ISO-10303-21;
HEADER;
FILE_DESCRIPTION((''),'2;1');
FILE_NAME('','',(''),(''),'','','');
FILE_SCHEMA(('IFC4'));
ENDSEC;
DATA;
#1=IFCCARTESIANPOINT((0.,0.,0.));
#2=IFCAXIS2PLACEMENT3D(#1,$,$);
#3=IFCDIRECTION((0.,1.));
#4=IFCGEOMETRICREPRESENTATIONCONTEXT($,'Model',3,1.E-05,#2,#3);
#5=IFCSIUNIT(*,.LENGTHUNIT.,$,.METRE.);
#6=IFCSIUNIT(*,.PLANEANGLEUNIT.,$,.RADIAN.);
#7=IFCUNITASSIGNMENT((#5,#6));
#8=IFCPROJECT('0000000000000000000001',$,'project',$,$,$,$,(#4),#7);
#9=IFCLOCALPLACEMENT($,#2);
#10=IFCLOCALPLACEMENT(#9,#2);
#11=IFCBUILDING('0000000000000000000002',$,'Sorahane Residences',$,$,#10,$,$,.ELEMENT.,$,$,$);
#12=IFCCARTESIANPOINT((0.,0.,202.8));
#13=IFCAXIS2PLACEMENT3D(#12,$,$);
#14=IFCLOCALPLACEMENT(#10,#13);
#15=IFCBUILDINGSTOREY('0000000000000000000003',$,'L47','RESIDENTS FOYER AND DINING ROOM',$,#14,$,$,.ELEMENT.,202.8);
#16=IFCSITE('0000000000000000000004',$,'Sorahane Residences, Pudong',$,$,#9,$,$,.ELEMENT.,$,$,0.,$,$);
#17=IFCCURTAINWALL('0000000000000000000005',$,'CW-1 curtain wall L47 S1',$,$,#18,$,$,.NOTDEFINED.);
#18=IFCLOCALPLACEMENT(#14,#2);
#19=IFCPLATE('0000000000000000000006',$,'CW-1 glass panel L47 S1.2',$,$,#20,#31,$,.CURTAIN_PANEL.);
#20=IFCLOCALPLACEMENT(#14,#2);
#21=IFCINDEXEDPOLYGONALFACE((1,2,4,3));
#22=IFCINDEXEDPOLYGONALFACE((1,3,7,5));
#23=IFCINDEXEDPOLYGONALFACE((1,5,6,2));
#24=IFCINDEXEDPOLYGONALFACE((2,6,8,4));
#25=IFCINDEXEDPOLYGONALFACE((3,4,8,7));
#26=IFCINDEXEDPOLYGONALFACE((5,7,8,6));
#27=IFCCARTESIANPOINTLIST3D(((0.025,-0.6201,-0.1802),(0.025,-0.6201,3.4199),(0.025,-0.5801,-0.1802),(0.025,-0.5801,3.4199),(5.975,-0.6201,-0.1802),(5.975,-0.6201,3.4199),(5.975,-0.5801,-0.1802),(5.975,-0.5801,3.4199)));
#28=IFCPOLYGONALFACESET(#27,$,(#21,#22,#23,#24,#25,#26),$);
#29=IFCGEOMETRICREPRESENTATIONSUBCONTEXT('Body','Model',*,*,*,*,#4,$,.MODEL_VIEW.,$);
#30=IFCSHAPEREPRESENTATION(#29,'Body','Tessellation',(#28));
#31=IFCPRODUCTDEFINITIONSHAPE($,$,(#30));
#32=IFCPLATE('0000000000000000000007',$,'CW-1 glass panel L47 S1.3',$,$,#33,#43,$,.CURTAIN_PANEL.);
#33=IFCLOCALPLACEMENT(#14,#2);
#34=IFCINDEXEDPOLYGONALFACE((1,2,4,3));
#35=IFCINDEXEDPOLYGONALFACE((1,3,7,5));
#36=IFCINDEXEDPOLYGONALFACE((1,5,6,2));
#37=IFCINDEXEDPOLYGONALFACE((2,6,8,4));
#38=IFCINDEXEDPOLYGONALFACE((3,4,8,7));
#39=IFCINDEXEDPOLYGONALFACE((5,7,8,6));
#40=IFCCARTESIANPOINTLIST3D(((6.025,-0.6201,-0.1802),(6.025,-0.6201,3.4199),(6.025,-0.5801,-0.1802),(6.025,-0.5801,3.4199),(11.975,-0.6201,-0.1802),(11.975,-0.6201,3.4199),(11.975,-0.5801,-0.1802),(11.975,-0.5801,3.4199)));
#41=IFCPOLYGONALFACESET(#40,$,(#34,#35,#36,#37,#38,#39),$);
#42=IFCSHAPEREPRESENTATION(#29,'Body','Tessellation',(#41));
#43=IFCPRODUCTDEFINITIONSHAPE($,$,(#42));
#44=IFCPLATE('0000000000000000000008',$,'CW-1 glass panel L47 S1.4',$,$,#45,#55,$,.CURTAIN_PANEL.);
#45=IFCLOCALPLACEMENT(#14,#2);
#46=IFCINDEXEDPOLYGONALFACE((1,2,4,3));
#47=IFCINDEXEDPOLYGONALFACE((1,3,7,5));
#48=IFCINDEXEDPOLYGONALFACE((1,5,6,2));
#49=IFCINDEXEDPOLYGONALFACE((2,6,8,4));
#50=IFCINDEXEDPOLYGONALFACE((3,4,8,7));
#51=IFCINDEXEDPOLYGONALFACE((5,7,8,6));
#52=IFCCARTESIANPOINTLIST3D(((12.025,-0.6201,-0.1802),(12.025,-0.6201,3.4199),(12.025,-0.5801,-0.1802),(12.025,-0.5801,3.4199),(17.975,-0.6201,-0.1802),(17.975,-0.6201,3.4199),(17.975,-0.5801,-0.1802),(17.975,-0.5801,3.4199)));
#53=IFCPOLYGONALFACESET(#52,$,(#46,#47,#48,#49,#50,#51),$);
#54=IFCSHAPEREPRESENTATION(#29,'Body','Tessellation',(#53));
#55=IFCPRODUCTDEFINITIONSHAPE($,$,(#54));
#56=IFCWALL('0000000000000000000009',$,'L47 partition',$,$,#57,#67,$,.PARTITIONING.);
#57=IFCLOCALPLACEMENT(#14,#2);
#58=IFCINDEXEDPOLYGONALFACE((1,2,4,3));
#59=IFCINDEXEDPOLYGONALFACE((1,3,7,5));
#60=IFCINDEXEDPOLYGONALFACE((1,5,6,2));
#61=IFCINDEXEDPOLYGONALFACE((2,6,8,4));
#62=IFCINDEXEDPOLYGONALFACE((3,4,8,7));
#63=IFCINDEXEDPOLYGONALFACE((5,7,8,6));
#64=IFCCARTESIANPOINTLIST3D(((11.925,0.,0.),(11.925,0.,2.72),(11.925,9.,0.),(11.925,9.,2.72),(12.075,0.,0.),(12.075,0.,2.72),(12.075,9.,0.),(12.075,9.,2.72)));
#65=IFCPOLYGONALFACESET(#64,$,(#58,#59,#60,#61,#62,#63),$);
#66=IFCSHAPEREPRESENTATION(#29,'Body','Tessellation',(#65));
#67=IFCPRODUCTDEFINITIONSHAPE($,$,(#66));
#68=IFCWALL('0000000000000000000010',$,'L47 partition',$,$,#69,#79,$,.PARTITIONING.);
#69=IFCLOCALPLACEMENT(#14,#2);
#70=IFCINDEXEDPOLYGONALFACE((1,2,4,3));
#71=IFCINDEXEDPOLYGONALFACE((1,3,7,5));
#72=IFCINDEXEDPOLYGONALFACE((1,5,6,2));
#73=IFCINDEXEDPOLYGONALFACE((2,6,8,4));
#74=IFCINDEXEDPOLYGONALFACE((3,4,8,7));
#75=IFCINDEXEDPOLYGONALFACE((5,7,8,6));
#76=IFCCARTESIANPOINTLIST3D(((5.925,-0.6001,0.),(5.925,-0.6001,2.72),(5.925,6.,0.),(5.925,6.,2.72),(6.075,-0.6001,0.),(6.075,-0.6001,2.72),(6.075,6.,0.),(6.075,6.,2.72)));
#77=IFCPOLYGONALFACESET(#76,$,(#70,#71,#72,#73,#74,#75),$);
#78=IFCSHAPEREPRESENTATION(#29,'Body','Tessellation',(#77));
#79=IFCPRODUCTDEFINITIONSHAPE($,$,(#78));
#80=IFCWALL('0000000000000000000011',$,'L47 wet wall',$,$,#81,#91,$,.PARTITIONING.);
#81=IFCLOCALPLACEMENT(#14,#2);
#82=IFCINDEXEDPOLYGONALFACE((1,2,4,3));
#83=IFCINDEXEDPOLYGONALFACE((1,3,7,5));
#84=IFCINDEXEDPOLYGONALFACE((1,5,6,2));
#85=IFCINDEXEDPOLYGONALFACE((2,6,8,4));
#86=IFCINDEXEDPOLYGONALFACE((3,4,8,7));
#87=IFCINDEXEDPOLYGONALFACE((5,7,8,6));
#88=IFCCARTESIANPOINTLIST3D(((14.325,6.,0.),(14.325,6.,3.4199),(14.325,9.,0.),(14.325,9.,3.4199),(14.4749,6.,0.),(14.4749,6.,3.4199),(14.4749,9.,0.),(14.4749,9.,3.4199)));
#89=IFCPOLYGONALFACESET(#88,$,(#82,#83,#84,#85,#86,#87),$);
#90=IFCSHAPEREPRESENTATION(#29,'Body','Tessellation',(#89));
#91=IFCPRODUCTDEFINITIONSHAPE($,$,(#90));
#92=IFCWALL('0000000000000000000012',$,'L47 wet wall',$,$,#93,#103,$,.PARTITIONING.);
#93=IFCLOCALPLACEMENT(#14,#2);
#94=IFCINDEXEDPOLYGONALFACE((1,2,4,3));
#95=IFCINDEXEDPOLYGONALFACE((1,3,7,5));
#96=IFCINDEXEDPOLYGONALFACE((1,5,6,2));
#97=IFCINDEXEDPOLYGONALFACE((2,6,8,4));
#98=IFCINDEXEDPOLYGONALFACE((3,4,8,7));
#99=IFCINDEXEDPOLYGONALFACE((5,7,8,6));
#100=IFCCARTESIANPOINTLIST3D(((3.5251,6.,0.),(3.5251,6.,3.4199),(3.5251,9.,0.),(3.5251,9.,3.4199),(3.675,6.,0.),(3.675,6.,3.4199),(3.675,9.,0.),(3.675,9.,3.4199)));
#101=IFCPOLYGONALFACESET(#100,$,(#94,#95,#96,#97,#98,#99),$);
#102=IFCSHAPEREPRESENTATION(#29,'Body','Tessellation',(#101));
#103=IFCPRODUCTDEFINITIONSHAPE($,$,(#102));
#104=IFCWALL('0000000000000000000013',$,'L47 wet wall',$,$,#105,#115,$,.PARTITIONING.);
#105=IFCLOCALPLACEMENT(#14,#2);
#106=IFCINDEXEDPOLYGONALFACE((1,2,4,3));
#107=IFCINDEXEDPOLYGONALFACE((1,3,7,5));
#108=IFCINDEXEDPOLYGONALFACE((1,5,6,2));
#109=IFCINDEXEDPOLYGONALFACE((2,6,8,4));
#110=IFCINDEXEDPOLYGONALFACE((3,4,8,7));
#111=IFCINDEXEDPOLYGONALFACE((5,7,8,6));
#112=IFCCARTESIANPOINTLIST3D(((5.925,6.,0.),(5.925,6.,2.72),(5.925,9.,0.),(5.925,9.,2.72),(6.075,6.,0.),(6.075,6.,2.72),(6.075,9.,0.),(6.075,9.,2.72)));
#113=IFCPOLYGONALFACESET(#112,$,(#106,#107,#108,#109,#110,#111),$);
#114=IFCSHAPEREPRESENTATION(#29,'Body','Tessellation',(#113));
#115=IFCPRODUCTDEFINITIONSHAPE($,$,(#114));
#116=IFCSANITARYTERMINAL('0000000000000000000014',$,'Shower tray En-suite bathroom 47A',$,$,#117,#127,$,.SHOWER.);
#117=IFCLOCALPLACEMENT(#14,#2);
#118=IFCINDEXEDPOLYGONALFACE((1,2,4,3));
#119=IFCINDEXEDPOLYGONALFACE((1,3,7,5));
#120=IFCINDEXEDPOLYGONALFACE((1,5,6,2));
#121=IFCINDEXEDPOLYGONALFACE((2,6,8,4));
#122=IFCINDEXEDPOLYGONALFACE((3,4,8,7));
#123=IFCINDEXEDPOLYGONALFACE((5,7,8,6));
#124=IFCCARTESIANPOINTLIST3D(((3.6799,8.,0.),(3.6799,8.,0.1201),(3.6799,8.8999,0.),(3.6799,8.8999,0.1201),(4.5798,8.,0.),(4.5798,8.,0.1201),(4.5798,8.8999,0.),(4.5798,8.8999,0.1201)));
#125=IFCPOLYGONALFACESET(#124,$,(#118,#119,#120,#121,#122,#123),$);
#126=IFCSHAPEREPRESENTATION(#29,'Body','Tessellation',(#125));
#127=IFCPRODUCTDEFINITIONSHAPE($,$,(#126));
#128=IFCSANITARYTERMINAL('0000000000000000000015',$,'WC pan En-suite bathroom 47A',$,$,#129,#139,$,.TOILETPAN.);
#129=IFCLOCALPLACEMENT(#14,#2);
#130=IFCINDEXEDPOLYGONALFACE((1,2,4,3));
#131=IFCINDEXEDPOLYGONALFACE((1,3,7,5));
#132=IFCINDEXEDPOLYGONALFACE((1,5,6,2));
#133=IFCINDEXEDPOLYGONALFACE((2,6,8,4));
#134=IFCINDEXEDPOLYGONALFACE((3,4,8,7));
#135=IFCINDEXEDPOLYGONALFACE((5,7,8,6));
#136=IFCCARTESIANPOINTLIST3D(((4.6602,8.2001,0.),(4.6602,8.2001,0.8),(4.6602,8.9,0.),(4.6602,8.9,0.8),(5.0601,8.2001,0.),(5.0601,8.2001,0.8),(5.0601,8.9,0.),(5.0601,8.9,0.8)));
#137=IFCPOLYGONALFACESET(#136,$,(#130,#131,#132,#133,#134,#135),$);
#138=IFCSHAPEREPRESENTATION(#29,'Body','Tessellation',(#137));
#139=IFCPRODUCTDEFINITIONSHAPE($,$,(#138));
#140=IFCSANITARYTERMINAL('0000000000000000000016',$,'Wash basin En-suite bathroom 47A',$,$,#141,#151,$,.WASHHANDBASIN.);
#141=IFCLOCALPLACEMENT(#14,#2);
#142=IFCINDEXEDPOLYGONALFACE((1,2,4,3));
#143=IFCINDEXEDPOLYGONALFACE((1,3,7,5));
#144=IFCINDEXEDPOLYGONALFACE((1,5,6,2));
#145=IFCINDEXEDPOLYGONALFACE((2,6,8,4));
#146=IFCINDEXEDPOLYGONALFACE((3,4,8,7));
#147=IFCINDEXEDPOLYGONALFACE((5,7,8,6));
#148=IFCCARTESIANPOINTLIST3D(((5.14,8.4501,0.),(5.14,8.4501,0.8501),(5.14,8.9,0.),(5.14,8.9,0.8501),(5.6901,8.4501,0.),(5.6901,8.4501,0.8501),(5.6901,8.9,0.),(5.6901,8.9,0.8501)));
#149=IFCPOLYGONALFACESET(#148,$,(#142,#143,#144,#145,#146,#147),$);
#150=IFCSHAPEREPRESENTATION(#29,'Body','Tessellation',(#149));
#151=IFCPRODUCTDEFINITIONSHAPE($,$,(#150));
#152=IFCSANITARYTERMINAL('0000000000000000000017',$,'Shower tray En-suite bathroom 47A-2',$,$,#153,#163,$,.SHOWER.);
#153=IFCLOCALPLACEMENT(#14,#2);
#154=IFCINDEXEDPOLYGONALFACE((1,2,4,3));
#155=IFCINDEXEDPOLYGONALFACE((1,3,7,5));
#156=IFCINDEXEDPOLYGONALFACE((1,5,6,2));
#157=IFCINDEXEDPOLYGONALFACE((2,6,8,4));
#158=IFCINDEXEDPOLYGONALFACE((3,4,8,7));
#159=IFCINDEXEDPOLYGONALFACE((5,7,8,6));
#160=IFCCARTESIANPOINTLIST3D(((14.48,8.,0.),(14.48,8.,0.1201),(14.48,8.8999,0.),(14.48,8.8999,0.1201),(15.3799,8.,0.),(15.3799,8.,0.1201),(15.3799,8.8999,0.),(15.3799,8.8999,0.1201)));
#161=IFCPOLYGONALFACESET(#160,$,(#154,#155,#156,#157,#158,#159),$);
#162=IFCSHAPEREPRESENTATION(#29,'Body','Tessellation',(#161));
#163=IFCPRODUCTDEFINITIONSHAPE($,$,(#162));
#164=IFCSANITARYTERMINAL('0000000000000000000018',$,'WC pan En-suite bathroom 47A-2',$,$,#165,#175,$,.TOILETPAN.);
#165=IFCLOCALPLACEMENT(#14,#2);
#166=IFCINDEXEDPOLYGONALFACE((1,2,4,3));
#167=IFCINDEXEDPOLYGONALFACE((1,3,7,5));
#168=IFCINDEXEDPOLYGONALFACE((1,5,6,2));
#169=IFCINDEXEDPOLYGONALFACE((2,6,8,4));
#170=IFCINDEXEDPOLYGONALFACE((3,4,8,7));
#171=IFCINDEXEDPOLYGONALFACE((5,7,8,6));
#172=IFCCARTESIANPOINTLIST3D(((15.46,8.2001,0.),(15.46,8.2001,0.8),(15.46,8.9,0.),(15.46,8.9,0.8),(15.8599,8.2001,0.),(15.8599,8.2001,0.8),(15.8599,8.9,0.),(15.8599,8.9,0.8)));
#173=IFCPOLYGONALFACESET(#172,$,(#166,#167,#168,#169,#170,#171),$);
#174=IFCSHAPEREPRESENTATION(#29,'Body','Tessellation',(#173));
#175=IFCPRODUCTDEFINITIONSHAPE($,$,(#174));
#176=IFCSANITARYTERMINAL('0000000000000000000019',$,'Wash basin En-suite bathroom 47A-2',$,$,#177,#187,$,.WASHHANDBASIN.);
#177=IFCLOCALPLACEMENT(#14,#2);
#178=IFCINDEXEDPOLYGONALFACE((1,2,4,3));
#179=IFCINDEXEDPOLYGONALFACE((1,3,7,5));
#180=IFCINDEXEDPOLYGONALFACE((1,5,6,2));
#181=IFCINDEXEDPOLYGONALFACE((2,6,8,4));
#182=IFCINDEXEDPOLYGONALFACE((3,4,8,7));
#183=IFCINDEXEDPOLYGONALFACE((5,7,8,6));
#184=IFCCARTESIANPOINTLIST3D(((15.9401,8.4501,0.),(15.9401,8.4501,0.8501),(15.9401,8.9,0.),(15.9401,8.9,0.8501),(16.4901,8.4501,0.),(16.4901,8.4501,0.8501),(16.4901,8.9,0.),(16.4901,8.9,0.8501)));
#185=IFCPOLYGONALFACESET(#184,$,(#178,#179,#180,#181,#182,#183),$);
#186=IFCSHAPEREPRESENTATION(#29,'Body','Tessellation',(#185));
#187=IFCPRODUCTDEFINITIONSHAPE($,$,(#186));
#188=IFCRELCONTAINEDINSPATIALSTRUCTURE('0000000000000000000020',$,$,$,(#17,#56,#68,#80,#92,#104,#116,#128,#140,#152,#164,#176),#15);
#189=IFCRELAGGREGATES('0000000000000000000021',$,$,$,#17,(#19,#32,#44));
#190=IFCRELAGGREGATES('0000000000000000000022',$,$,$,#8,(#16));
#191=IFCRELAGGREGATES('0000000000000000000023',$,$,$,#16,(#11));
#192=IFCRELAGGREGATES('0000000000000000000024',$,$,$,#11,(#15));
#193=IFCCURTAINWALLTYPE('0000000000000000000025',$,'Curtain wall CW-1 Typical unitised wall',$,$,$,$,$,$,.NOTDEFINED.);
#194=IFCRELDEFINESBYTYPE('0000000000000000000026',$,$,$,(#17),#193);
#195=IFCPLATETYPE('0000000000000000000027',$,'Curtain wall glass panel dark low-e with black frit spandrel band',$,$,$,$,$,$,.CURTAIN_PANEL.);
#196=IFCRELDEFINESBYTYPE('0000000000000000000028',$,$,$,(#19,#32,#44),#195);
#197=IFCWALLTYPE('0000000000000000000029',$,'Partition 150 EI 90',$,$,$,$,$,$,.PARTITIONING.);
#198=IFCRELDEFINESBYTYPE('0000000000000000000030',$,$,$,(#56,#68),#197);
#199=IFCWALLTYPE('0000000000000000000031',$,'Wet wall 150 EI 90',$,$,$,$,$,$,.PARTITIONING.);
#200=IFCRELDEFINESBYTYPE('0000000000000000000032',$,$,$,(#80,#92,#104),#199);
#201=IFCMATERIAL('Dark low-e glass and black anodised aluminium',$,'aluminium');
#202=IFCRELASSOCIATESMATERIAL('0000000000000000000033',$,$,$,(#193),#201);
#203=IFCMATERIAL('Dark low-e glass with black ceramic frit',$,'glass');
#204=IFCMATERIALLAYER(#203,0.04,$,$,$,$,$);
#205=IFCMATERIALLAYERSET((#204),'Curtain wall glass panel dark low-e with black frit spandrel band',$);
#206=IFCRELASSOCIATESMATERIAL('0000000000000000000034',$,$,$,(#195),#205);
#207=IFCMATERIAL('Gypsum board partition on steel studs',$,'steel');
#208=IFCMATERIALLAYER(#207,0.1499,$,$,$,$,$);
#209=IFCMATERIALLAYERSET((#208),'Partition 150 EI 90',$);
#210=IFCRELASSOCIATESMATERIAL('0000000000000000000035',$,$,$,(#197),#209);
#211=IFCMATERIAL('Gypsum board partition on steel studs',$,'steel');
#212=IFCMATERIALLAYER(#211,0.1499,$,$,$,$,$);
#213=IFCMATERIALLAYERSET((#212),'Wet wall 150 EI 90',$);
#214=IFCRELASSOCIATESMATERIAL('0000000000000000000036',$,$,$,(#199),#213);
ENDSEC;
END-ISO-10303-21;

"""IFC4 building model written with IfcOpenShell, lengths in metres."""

from ifc_helpers import new_model, si_unit, direction, frame, frame_2d, origin, origin_2d, place, context, subcontext, project, spatial, rectangle, extrude, material, layer, layer_set, type_object, element, aggregate, save


model = new_model("IFC4")

# Units and contexts
model_context = context("Model", 3, precision=1e-05, world=origin(), true_north=direction((0.0, 1.0)))
body_context = subcontext(model_context, "Body", "Model", "MODEL_VIEW")
ifc_project = project(units=[si_unit("LENGTHUNIT", "METRE"), si_unit("PLANEANGLEUNIT", "RADIAN")], contexts=[model_context])

# Site, building, storey
site_placement = place(None, origin())
site = spatial("IfcSite", under=ifc_project, at=site_placement, Name="Sorahane Residences, Pudong", CompositionType="ELEMENT", RefElevation=0.0)
building_placement = place(site_placement, origin())
building = spatial("IfcBuilding", under=site, at=building_placement, Name="Sorahane Residences", CompositionType="ELEMENT")
storey_placement = place(building_placement, frame((0.0, 0.0, 202.8)))
storey = spatial("IfcBuildingStorey", under=building, at=storey_placement, Name="L47", Description="RESIDENTS FOYER AND DINING ROOM", CompositionType="ELEMENT", Elevation=202.8)

# Curtain wall
ifc_material_1 = material(Name="Dark low-e glass and black anodised aluminium", Category="aluminium")
curtain_wall_type = type_object("IfcCurtainWallType", Name="Curtain wall CW-1 Typical unitised wall", PredefinedType="NOTDEFINED", material=ifc_material_1)
curtain_wall_placement = place(storey_placement, origin())
curtain_wall = element("IfcCurtainWall", 1, at=curtain_wall_placement, inside=storey, type_object=curtain_wall_type, Name="CW-1 curtain wall L47 S1", PredefinedType="NOTDEFINED")

# Plates
ifc_material_2 = material(Name="Dark low-e glass with black ceramic frit", Category="glass")
ifc_layer_1 = layer(ifc_material_2, 0.04)
ifc_layer_set_1 = layer_set([ifc_layer_1], Name="Curtain wall glass panel dark low-e with black frit spandrel band")
plate_type = type_object("IfcPlateType", Name="Curtain wall glass panel dark low-e with black frit spandrel band", PredefinedType="CURTAIN_PANEL", material=ifc_layer_set_1)
plate_1_placement = place(storey_placement, frame((3.0, -0.6001, -0.1802), z_axis=(0.0, 0.0, 1.0), x_axis=(1.0, 0.0, 0.0)))
plate_1 = element("IfcPlate", 2, at=plate_1_placement, type_object=plate_type, Name="CW-1 glass panel L47 S1.2", PredefinedType="CURTAIN_PANEL", context=body_context, shape_type="SweptSolid", body=[
    extrude(rectangle(XDim=5.95, YDim=0.04, at=origin_2d()), origin(), (0.0, 0.0, 1.0), 3.6001),
])
plate_2_placement = place(storey_placement, frame((9.0, -0.6001, -0.1802), z_axis=(0.0, 0.0, 1.0), x_axis=(1.0, 0.0, 0.0)))
plate_2 = element("IfcPlate", 3, at=plate_2_placement, type_object=plate_type, Name="CW-1 glass panel L47 S1.3", PredefinedType="CURTAIN_PANEL", context=body_context, shape_type="SweptSolid", body=[
    extrude(rectangle(XDim=5.95, YDim=0.04, at=origin_2d()), origin(), (0.0, 0.0, 1.0), 3.6001),
])
plate_3_placement = place(storey_placement, frame((15.0, -0.6001, -0.1802), z_axis=(0.0, 0.0, 1.0), x_axis=(1.0, 0.0, 0.0)))
plate_3 = element("IfcPlate", 4, at=plate_3_placement, type_object=plate_type, Name="CW-1 glass panel L47 S1.4", PredefinedType="CURTAIN_PANEL", context=body_context, shape_type="SweptSolid", body=[
    extrude(rectangle(XDim=5.95, YDim=0.04, at=origin_2d()), origin(), (0.0, 0.0, 1.0), 3.6001),
])
aggregate(curtain_wall, [plate_1, plate_2, plate_3])

# Walls
ifc_material_3 = material(Name="Gypsum board partition on steel studs", Category="steel")
ifc_layer_2 = layer(ifc_material_3, 0.1499)
ifc_layer_set_2 = layer_set([ifc_layer_2], Name="Partition 150 EI 90")
wall_type_1 = type_object("IfcWallType", Name="Partition 150 EI 90", PredefinedType="PARTITIONING", material=ifc_layer_set_2)
wall_1_placement = place(storey_placement, frame((12.0, 0.0, 0.0), z_axis=(0.0, 0.0, 1.0), x_axis=(0.0, 1.0, 0.0)))
element("IfcWall", 5, at=wall_1_placement, inside=storey, type_object=wall_type_1, Name="L47 partition", PredefinedType="PARTITIONING", context=body_context, shape_type="SweptSolid", body=[
    extrude(rectangle(XDim=9.0, YDim=0.1499, at=frame_2d((4.5, 0.0))), origin(), (0.0, 0.0, 1.0), 2.72),
])
wall_2_placement = place(storey_placement, frame((6.0, -0.6001, 0.0), z_axis=(0.0, 0.0, 1.0), x_axis=(0.0, 1.0, 0.0)))
element("IfcWall", 6, at=wall_2_placement, inside=storey, type_object=wall_type_1, Name="L47 partition", PredefinedType="PARTITIONING", context=body_context, shape_type="SweptSolid", body=[
    extrude(rectangle(XDim=6.6001, YDim=0.1499, at=frame_2d((3.3, 0.0))), origin(), (0.0, 0.0, 1.0), 2.72),
])

# Walls
ifc_material_4 = material(Name="Gypsum board partition on steel studs", Category="steel")
ifc_layer_3 = layer(ifc_material_4, 0.1499)
ifc_layer_set_3 = layer_set([ifc_layer_3], Name="Wet wall 150 EI 90")
wall_type_2 = type_object("IfcWallType", Name="Wet wall 150 EI 90", PredefinedType="PARTITIONING", material=ifc_layer_set_3)
for number, where, z_axis, x_axis, name in (
    (7, (14.3999, 6.0, 0.0), (0.0, 0.0, 1.0), (0.0, 1.0, 0.0), "L47 wet wall"),
    (8, (3.6001, 6.0, 0.0), (0.0, 0.0, 1.0), (0.0, 1.0, 0.0), "L47 wet wall"),
):
    element("IfcWall", number, at=place(storey_placement, frame(where, z_axis=z_axis, x_axis=x_axis)), inside=storey, type_object=wall_type_2, Name=name, PredefinedType="PARTITIONING", context=body_context, shape_type="SweptSolid", body=[
        extrude(rectangle(XDim=3.0, YDim=0.1499, at=frame_2d((1.5, 0.0))), origin(), (0.0, 0.0, 1.0), 3.4199),
    ])
wall_3_placement = place(storey_placement, frame((6.0, 6.0, 0.0), z_axis=(0.0, 0.0, 1.0), x_axis=(0.0, 1.0, 0.0)))
element("IfcWall", 9, at=wall_3_placement, inside=storey, type_object=wall_type_2, Name="L47 wet wall", PredefinedType="PARTITIONING", context=body_context, shape_type="SweptSolid", body=[
    extrude(rectangle(XDim=3.0, YDim=0.1499, at=frame_2d((1.5, 0.0))), origin(), (0.0, 0.0, 1.0), 2.72),
])

# Sanitary terminals
sanitary_terminal_1_placement = place(storey_placement, frame((4.1299, 8.45, 0.0), z_axis=(0.0, 0.0, 1.0), x_axis=(1.0, 0.0, 0.0)))
element("IfcSanitaryTerminal", 10, at=sanitary_terminal_1_placement, inside=storey, Name="Shower tray En-suite bathroom 47A", PredefinedType="SHOWER", context=body_context, shape_type="SweptSolid", body=[
    extrude(rectangle(XDim=0.8999, YDim=0.8999, at=origin_2d()), origin(), (0.0, 0.0, 1.0), 0.1201),
])
sanitary_terminal_2_placement = place(storey_placement, frame((4.8601, 8.55, 0.0), z_axis=(0.0, 0.0, 1.0), x_axis=(1.0, 0.0, 0.0)))
element("IfcSanitaryTerminal", 11, at=sanitary_terminal_2_placement, inside=storey, Name="WC pan En-suite bathroom 47A", PredefinedType="TOILETPAN", context=body_context, shape_type="SweptSolid", body=[
    extrude(rectangle(XDim=0.3999, YDim=0.7, at=origin_2d()), origin(), (0.0, 0.0, 1.0), 0.8),
])
sanitary_terminal_3_placement = place(storey_placement, frame((5.415, 8.675, 0.0), z_axis=(0.0, 0.0, 1.0), x_axis=(1.0, 0.0, 0.0)))
element("IfcSanitaryTerminal", 12, at=sanitary_terminal_3_placement, inside=storey, Name="Wash basin En-suite bathroom 47A", PredefinedType="WASHHANDBASIN", context=body_context, shape_type="SweptSolid", body=[
    extrude(rectangle(XDim=0.55, YDim=0.45, at=origin_2d()), origin(), (0.0, 0.0, 1.0), 0.8501),
])
sanitary_terminal_4_placement = place(storey_placement, frame((14.9299, 8.45, 0.0), z_axis=(0.0, 0.0, 1.0), x_axis=(1.0, 0.0, 0.0)))
element("IfcSanitaryTerminal", 13, at=sanitary_terminal_4_placement, inside=storey, Name="Shower tray En-suite bathroom 47A-2", PredefinedType="SHOWER", context=body_context, shape_type="SweptSolid", body=[
    extrude(rectangle(XDim=0.8999, YDim=0.8999, at=origin_2d()), origin(), (0.0, 0.0, 1.0), 0.1201),
])
sanitary_terminal_5_placement = place(storey_placement, frame((15.6599, 8.55, 0.0), z_axis=(0.0, 0.0, 1.0), x_axis=(1.0, 0.0, 0.0)))
element("IfcSanitaryTerminal", 14, at=sanitary_terminal_5_placement, inside=storey, Name="WC pan En-suite bathroom 47A-2", PredefinedType="TOILETPAN", context=body_context, shape_type="SweptSolid", body=[
    extrude(rectangle(XDim=0.3999, YDim=0.7, at=origin_2d()), origin(), (0.0, 0.0, 1.0), 0.8),
])
sanitary_terminal_6_placement = place(storey_placement, frame((16.2151, 8.675, 0.0), z_axis=(0.0, 0.0, 1.0), x_axis=(1.0, 0.0, 0.0)))
element("IfcSanitaryTerminal", 15, at=sanitary_terminal_6_placement, inside=storey, Name="Wash basin En-suite bathroom 47A-2", PredefinedType="WASHHANDBASIN", context=body_context, shape_type="SweptSolid", body=[
    extrude(rectangle(XDim=0.55, YDim=0.45, at=origin_2d()), origin(), (0.0, 0.0, 1.0), 0.8501),
])

save(model, "model.ifc")
